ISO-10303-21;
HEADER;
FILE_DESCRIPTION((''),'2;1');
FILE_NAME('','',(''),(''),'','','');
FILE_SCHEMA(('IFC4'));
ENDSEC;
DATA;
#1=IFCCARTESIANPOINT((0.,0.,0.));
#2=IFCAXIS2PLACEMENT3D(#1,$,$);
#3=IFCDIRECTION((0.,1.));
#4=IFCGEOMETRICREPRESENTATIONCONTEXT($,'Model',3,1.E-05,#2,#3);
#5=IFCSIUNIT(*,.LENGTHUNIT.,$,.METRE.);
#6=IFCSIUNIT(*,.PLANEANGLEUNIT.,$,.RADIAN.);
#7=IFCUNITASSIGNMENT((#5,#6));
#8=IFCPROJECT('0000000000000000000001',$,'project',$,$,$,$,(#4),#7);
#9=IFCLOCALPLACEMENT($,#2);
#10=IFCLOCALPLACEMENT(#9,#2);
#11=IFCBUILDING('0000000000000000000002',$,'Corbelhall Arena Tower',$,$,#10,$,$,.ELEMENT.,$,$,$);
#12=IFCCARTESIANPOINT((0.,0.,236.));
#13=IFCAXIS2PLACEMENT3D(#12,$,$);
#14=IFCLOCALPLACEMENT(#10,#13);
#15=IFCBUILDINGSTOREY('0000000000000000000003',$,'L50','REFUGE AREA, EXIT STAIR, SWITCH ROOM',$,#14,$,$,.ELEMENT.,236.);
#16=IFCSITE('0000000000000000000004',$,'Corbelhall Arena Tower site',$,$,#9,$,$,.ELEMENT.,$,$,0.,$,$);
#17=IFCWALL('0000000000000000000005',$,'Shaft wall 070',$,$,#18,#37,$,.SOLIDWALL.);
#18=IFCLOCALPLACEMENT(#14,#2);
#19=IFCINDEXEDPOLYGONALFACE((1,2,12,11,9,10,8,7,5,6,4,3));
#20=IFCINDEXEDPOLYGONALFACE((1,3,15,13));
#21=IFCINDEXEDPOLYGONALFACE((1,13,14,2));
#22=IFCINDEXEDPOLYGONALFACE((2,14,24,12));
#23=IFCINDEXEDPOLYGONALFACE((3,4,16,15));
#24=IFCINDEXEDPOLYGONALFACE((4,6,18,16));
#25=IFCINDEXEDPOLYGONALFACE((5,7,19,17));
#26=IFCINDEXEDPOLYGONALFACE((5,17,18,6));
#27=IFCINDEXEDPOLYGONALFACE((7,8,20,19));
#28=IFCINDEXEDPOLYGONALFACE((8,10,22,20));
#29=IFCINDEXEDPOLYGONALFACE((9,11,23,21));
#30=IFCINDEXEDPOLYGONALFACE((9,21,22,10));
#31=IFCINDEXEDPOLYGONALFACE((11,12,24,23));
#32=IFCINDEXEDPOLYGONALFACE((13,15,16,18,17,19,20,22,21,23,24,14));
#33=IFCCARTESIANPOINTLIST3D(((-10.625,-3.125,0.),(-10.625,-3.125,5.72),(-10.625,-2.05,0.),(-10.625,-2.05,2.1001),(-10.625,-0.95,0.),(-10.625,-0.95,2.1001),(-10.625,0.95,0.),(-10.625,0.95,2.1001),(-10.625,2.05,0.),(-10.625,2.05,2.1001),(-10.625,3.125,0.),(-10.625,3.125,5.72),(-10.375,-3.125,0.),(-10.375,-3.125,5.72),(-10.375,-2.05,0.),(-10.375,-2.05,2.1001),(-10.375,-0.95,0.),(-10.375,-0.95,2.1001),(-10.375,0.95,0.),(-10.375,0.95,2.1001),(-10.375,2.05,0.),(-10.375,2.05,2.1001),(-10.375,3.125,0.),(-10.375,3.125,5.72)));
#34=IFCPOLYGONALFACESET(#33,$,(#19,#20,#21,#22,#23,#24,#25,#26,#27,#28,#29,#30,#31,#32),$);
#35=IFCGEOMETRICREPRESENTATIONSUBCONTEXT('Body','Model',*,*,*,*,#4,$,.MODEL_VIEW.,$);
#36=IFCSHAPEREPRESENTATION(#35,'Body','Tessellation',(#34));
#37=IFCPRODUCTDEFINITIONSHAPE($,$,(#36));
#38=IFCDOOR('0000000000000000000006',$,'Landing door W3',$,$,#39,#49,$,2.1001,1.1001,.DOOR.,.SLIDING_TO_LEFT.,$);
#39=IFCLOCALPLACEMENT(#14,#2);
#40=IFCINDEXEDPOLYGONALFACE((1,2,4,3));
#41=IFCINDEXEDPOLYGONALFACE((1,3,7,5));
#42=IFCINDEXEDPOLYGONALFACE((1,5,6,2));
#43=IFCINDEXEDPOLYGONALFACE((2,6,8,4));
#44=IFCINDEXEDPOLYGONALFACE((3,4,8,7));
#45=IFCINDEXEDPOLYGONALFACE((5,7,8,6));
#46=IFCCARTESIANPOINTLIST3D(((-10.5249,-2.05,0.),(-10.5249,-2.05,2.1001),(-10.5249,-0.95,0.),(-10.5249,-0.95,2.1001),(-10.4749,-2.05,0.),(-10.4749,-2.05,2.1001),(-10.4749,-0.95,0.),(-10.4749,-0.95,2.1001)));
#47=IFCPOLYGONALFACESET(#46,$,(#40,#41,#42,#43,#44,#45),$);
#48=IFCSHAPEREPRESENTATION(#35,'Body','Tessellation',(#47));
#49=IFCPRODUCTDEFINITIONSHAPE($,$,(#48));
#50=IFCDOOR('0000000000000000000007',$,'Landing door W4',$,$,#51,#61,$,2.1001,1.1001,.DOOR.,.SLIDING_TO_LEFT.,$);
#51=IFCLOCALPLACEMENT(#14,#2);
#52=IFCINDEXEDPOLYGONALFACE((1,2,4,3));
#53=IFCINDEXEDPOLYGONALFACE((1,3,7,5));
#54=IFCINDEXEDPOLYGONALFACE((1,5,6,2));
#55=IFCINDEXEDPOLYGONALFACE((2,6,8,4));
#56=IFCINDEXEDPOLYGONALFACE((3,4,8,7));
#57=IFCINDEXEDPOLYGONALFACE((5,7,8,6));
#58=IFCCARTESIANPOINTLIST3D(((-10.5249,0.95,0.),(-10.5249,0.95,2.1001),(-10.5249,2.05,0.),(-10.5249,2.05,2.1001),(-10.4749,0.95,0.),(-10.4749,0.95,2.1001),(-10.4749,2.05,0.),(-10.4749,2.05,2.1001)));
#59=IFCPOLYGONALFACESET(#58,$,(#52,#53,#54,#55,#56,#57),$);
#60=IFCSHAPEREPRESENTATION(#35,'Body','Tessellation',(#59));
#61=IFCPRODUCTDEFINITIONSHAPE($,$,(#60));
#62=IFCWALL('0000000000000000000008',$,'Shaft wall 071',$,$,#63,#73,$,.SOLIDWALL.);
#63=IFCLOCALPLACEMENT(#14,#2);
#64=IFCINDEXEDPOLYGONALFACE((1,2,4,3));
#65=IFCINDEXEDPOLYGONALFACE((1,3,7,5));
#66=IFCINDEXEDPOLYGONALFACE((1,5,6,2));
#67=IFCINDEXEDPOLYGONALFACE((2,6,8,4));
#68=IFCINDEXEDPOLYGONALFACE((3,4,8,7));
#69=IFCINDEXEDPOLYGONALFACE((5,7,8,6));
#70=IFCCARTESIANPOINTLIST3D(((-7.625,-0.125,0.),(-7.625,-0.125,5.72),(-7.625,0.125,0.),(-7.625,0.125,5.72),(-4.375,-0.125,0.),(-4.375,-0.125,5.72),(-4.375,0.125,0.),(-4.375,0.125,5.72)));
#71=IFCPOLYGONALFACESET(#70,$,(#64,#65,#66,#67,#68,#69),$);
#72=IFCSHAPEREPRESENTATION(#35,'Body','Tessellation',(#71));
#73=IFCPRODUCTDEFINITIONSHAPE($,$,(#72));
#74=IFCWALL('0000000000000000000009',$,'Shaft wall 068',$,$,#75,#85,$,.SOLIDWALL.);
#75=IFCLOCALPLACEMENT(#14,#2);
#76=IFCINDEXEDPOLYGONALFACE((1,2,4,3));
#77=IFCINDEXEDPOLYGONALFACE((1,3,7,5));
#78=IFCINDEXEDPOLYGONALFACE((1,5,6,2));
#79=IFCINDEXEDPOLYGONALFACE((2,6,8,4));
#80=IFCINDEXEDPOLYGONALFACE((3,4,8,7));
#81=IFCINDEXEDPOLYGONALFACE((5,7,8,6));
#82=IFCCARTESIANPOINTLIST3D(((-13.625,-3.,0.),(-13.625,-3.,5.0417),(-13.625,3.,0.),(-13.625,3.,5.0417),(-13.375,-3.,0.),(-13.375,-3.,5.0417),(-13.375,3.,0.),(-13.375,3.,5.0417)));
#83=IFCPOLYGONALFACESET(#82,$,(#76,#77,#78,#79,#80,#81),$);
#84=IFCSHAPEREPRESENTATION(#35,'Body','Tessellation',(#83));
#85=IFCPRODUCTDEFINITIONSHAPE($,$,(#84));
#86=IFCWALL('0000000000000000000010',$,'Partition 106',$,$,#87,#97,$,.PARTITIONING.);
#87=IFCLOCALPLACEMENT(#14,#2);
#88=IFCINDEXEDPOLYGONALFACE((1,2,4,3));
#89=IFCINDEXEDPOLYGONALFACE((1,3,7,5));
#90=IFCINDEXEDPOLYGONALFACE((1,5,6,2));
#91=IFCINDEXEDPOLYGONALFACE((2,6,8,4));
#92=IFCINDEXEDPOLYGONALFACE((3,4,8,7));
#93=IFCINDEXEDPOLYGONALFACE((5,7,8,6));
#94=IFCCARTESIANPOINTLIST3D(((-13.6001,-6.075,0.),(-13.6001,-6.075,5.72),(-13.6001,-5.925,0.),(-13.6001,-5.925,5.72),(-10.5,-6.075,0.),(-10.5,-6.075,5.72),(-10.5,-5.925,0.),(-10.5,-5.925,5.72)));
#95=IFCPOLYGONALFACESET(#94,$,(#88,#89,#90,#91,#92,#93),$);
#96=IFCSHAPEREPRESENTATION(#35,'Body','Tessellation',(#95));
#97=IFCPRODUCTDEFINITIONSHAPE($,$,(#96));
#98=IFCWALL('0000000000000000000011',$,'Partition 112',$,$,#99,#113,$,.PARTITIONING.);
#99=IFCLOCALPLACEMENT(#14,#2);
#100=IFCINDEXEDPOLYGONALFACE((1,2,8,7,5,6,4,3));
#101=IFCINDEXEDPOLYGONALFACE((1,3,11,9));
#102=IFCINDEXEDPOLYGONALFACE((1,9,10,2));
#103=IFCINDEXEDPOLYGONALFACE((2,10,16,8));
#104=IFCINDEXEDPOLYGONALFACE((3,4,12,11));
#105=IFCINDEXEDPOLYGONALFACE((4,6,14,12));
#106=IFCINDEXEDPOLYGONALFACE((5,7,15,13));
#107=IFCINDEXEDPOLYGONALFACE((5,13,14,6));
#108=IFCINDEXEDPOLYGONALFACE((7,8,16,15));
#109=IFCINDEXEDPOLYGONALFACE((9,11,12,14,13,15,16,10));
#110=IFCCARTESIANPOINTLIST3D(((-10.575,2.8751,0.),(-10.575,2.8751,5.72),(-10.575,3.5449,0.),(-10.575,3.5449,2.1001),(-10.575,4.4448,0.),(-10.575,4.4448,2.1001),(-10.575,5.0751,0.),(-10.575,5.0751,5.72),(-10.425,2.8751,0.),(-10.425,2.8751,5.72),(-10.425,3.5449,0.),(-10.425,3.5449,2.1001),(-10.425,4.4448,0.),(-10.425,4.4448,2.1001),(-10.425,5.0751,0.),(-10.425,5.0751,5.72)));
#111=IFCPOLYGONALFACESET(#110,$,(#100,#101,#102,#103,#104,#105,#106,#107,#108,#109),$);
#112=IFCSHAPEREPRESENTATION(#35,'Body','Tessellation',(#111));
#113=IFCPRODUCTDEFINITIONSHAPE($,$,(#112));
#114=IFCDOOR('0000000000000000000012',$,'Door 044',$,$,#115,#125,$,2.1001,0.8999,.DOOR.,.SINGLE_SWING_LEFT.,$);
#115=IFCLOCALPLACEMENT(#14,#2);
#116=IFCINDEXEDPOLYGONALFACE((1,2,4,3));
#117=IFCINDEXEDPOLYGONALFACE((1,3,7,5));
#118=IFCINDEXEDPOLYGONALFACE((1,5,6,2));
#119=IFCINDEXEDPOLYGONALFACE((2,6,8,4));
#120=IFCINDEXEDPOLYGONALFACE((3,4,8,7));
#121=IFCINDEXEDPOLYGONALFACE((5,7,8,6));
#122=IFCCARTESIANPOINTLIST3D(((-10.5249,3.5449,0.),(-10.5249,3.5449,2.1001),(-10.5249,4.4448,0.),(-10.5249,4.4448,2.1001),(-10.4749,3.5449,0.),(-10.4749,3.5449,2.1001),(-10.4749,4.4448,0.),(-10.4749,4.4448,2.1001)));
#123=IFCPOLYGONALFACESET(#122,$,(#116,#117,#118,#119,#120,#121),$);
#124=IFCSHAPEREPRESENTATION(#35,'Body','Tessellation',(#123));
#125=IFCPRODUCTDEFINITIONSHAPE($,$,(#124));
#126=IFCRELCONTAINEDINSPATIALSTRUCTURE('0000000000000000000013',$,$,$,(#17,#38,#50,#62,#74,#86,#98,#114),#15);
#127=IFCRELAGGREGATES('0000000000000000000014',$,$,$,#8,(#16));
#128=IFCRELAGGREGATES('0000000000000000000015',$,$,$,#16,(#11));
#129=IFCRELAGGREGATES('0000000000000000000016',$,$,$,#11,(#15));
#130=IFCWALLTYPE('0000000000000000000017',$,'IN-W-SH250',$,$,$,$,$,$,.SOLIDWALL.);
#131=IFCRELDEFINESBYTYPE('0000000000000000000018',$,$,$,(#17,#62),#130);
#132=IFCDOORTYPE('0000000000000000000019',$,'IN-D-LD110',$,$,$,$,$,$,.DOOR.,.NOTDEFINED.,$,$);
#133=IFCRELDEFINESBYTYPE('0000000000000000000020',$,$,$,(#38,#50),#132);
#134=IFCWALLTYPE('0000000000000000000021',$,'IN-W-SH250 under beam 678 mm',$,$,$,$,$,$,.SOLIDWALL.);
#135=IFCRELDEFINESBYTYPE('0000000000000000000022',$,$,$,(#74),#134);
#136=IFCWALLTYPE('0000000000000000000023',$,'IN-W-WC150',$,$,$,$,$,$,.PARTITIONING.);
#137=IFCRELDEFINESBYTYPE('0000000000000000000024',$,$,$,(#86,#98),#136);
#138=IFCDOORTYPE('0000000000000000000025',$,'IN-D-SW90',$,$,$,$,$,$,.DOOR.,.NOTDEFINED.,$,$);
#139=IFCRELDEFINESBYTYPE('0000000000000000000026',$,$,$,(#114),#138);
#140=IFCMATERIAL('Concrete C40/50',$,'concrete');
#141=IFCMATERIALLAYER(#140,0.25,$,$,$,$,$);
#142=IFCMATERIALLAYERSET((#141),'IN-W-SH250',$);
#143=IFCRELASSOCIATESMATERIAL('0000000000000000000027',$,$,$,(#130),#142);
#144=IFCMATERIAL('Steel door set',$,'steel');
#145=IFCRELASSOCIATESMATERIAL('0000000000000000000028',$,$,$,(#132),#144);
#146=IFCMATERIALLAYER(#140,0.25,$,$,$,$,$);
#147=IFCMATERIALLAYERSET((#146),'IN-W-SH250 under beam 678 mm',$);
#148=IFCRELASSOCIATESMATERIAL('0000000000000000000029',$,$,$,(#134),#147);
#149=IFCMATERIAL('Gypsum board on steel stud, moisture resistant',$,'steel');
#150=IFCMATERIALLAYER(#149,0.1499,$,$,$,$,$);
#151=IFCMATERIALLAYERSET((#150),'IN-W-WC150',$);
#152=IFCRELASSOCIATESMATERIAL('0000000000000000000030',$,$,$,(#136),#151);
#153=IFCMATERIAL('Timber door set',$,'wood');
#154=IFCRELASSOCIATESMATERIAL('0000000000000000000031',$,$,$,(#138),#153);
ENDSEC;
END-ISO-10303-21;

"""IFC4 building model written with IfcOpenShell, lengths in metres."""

from ifc_helpers import new_model, si_unit, direction, frame, frame_2d, origin, place, context, subcontext, project, spatial, rectangle, extrude, material, layer, layer_set, type_object, element, fill, save


model = new_model("IFC4")

# Units and contexts
model_context = context("Model", 3, precision=1e-05, world=origin(), true_north=direction((0.0, 1.0)))
body_context = subcontext(model_context, "Body", "Model", "MODEL_VIEW")
ifc_project = project(units=[si_unit("LENGTHUNIT", "METRE"), si_unit("PLANEANGLEUNIT", "RADIAN")], contexts=[model_context])

# Site, building, storey
site_placement = place(None, origin())
site = spatial("IfcSite", under=ifc_project, at=site_placement, Name="Corbelhall Arena Tower site", CompositionType="ELEMENT", RefElevation=0.0)
building_placement = place(site_placement, origin())
building = spatial("IfcBuilding", under=site, at=building_placement, Name="Corbelhall Arena Tower", CompositionType="ELEMENT")
storey_placement = place(building_placement, frame((0.0, 0.0, 236.0)))
storey = spatial("IfcBuildingStorey", under=building, at=storey_placement, Name="L50", Description="REFUGE AREA, EXIT STAIR, SWITCH ROOM", CompositionType="ELEMENT", Elevation=236.0)

# Shared definitions
ifc_material_1 = material(Name="Steel door set", Category="steel")

# Shared definitions
ifc_material_2 = material(Name="Concrete C40/50", Category="concrete")
ifc_layer_1 = layer(ifc_material_2, 0.25)
ifc_layer_set_1 = layer_set([ifc_layer_1], Name="IN-W-SH250")
wall_type_1 = type_object("IfcWallType", Name="IN-W-SH250", PredefinedType="SOLIDWALL", material=ifc_layer_set_1)

# Wall, openings, doors
wall_1_placement = place(storey_placement, frame((-10.5, -3.125, 0.0), z_axis=(0.0, 0.0, 1.0), x_axis=(0.0, 1.0, 0.0)))
wall_1 = element("IfcWall", 1, at=wall_1_placement, inside=storey, type_object=wall_type_1, Name="Shaft wall 070", PredefinedType="SOLIDWALL", context=body_context, shape_type="SweptSolid", body=[
    extrude(rectangle(XDim=6.25, YDim=0.25, at=frame_2d((3.125, 0.0))), origin(), (0.0, 0.0, 1.0), 5.72),
])
opening_1_placement = place(wall_1_placement, frame((1.075, 0.0, 0.0)))
opening_1 = element("IfcOpeningElement", 2, at=opening_1_placement, cuts=wall_1, PredefinedType="OPENING", context=body_context, shape_type="SweptSolid", body=[
    extrude(rectangle(XDim=1.1001, YDim=2.1001, at=frame_2d((0.55, 1.05))), frame((0.0, 0.125, 0.0), z_axis=(0.0, -1.0, 0.0), x_axis=(1.0, 0.0, 0.0)), (0.0, 0.0, 1.0), 0.25),
])
opening_2_placement = place(wall_1_placement, frame((4.075, 0.0, 0.0)))
opening_2 = element("IfcOpeningElement", 3, at=opening_2_placement, cuts=wall_1, PredefinedType="OPENING", context=body_context, shape_type="SweptSolid", body=[
    extrude(rectangle(XDim=1.1001, YDim=2.1001, at=frame_2d((0.55, 1.05))), frame((0.0, 0.125, 0.0), z_axis=(0.0, -1.0, 0.0), x_axis=(1.0, 0.0, 0.0)), (0.0, 0.0, 1.0), 0.25),
])
door_type_1 = type_object("IfcDoorType", Name="IN-D-LD110", OperationType="NOTDEFINED", PredefinedType="DOOR", material=ifc_material_1)
door_1_placement = place(opening_1_placement, origin())
door_1 = element("IfcDoor", 4, at=door_1_placement, inside=storey, type_object=door_type_1, Name="Landing door W3", OperationType="SLIDING_TO_LEFT", OverallHeight=2.1001, OverallWidth=1.1001, PredefinedType="DOOR", context=body_context, shape_type="SweptSolid", body=[
    extrude(rectangle(XDim=1.1001, YDim=2.1001, at=frame_2d((0.55, 1.05))), frame((0.0, 0.0249, 0.0), z_axis=(0.0, -1.0, 0.0), x_axis=(1.0, 0.0, 0.0)), (0.0, 0.0, 1.0), 0.05),
])
fill(opening_1, door_1)
door_2_placement = place(opening_2_placement, origin())
door_2 = element("IfcDoor", 5, at=door_2_placement, inside=storey, type_object=door_type_1, Name="Landing door W4", OperationType="SLIDING_TO_LEFT", OverallHeight=2.1001, OverallWidth=1.1001, PredefinedType="DOOR", context=body_context, shape_type="SweptSolid", body=[
    extrude(rectangle(XDim=1.1001, YDim=2.1001, at=frame_2d((0.55, 1.05))), frame((0.0, 0.0249, 0.0), z_axis=(0.0, -1.0, 0.0), x_axis=(1.0, 0.0, 0.0)), (0.0, 0.0, 1.0), 0.05),
])
fill(opening_2, door_2)

# Walls
wall_2_placement = place(storey_placement, frame((-7.625, 0.0, 0.0), z_axis=(0.0, 0.0, 1.0), x_axis=(1.0, 0.0, 0.0)))
element("IfcWall", 6, at=wall_2_placement, inside=storey, type_object=wall_type_1, Name="Shaft wall 071", PredefinedType="SOLIDWALL", context=body_context, shape_type="SweptSolid", body=[
    extrude(rectangle(XDim=3.25, YDim=0.25, at=frame_2d((1.625, 0.0))), origin(), (0.0, 0.0, 1.0), 5.72),
])
ifc_layer_2 = layer(ifc_material_2, 0.25)
ifc_layer_set_2 = layer_set([ifc_layer_2], Name="IN-W-SH250 under beam 678 mm")
wall_type_2 = type_object("IfcWallType", Name="IN-W-SH250 under beam 678 mm", PredefinedType="SOLIDWALL", material=ifc_layer_set_2)
wall_3_placement = place(storey_placement, frame((-13.5, -3.0, 0.0), z_axis=(0.0, 0.0, 1.0), x_axis=(0.0, 1.0, 0.0)))
element("IfcWall", 7, at=wall_3_placement, inside=storey, type_object=wall_type_2, Name="Shaft wall 068", PredefinedType="SOLIDWALL", context=body_context, shape_type="SweptSolid", body=[
    extrude(rectangle(XDim=6.0, YDim=0.25, at=frame_2d((3.0, 0.0))), origin(), (0.0, 0.0, 1.0), 5.0417),
])
ifc_material_3 = material(Name="Gypsum board on steel stud, moisture resistant", Category="steel")
ifc_layer_3 = layer(ifc_material_3, 0.1499)
ifc_layer_set_3 = layer_set([ifc_layer_3], Name="IN-W-WC150")
wall_type_3 = type_object("IfcWallType", Name="IN-W-WC150", PredefinedType="PARTITIONING", material=ifc_layer_set_3)
wall_4_placement = place(storey_placement, frame((-13.6001, -6.0, 0.0), z_axis=(0.0, 0.0, 1.0), x_axis=(1.0, 0.0, 0.0)))
element("IfcWall", 8, at=wall_4_placement, inside=storey, type_object=wall_type_3, Name="Partition 106", PredefinedType="PARTITIONING", context=body_context, shape_type="SweptSolid", body=[
    extrude(rectangle(XDim=3.1001, YDim=0.1499, at=frame_2d((1.55, 0.0))), origin(), (0.0, 0.0, 1.0), 5.72),
])

# Wall, opening, door
wall_5_placement = place(storey_placement, frame((-10.5, 2.875, 0.0), z_axis=(0.0, 0.0, 1.0), x_axis=(0.0, 1.0, 0.0)))
wall_5 = element("IfcWall", 9, at=wall_5_placement, inside=storey, type_object=wall_type_3, Name="Partition 112", PredefinedType="PARTITIONING", context=body_context, shape_type="SweptSolid", body=[
    extrude(rectangle(XDim=2.2, YDim=0.1499, at=frame_2d((1.1001, 0.0))), origin(), (0.0, 0.0, 1.0), 5.72),
])
opening_3_placement = place(wall_5_placement, frame((0.6699, 0.0, 0.0)))
opening_3 = element("IfcOpeningElement", 10, at=opening_3_placement, cuts=wall_5, PredefinedType="OPENING", context=body_context, shape_type="SweptSolid", body=[
    extrude(rectangle(XDim=0.8999, YDim=2.1001, at=frame_2d((0.45, 1.05))), frame((0.0, 0.075, 0.0), z_axis=(0.0, -1.0, 0.0), x_axis=(1.0, 0.0, 0.0)), (0.0, 0.0, 1.0), 0.1499),
])
ifc_material_4 = material(Name="Timber door set", Category="wood")
door_type_2 = type_object("IfcDoorType", Name="IN-D-SW90", OperationType="NOTDEFINED", PredefinedType="DOOR", material=ifc_material_4)
door_3_placement = place(opening_3_placement, origin())
door_3 = element("IfcDoor", 11, at=door_3_placement, inside=storey, type_object=door_type_2, Name="Door 044", OperationType="SINGLE_SWING_LEFT", OverallHeight=2.1001, OverallWidth=0.8999, PredefinedType="DOOR", context=body_context, shape_type="SweptSolid", body=[
    extrude(rectangle(XDim=0.8999, YDim=2.1001, at=frame_2d((0.45, 1.05))), frame((0.0, 0.0249, 0.0), z_axis=(0.0, -1.0, 0.0), x_axis=(1.0, 0.0, 0.0)), (0.0, 0.0, 1.0), 0.05),
])
fill(opening_3, door_3)

save(model, "model.ifc")
